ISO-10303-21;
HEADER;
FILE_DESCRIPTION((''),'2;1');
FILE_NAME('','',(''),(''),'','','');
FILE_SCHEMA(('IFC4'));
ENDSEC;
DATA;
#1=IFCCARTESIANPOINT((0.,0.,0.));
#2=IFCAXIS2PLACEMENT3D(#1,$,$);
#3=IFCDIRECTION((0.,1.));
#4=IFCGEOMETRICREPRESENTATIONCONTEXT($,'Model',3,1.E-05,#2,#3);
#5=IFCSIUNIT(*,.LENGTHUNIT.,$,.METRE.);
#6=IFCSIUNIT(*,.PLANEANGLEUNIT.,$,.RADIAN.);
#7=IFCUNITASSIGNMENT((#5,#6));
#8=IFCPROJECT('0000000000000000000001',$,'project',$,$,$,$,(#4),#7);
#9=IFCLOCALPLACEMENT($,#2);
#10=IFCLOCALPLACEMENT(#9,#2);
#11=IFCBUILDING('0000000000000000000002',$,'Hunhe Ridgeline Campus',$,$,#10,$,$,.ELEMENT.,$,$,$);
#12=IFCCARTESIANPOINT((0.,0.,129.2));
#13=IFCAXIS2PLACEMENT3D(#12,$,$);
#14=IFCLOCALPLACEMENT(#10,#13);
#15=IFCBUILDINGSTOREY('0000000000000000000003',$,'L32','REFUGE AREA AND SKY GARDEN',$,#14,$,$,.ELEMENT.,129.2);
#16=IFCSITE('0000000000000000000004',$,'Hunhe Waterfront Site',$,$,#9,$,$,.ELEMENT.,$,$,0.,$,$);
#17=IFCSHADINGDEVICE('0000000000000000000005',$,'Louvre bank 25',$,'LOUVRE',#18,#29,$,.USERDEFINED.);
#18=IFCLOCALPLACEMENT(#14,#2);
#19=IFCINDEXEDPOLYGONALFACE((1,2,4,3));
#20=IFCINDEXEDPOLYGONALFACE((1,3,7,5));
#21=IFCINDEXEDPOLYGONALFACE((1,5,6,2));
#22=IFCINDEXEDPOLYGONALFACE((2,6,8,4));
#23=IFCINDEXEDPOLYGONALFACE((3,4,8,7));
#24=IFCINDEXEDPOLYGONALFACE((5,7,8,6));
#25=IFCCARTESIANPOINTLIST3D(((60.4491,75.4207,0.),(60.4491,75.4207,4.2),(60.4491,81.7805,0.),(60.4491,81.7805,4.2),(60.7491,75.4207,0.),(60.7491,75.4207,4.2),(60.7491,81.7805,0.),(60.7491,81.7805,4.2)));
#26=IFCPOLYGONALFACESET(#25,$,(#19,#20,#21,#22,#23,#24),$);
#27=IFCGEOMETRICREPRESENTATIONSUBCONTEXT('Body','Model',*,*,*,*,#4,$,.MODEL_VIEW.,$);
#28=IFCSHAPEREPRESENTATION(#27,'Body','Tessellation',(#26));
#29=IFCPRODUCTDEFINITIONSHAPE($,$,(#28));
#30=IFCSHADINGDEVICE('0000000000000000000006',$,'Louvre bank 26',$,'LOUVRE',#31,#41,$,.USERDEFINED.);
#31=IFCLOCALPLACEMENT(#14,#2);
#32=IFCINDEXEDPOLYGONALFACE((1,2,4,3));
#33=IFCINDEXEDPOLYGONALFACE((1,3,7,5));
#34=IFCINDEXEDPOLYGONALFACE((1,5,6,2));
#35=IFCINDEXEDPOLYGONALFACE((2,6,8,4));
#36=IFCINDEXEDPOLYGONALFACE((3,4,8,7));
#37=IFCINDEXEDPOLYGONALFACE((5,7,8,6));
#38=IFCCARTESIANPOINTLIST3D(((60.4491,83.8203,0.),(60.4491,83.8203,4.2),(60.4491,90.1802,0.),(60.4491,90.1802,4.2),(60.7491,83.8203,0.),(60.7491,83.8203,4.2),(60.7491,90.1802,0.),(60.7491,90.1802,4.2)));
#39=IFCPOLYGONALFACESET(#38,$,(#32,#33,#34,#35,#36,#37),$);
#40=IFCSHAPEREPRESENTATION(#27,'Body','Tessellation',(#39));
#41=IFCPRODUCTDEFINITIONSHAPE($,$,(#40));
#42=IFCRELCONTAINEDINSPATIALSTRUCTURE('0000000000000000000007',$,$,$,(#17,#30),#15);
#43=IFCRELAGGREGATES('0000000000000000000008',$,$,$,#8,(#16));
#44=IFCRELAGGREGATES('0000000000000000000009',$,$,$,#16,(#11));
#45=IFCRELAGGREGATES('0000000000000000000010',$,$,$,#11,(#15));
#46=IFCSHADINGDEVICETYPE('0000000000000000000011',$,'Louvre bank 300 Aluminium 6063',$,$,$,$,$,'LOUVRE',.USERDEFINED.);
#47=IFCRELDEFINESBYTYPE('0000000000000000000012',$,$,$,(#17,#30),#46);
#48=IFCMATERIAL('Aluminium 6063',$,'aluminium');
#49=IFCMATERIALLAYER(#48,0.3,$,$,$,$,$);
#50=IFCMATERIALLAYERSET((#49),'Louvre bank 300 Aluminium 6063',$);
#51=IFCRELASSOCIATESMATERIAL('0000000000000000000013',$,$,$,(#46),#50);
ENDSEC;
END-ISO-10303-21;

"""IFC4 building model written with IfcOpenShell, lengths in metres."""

from ifc_helpers import new_model, si_unit, direction, frame, origin, origin_2d, place, context, subcontext, project, spatial, rectangle, extrude, material, layer, layer_set, type_object, element, save


model = new_model("IFC4")

# Units and contexts
model_context = context("Model", 3, precision=1e-05, world=origin(), true_north=direction((0.0, 1.0)))
body_context = subcontext(model_context, "Body", "Model", "MODEL_VIEW")
ifc_project = project(units=[si_unit("LENGTHUNIT", "METRE"), si_unit("PLANEANGLEUNIT", "RADIAN")], contexts=[model_context])

# Site, building, storey
site_placement = place(None, origin())
site = spatial("IfcSite", under=ifc_project, at=site_placement, Name="Hunhe Waterfront Site", CompositionType="ELEMENT", RefElevation=0.0)
building_placement = place(site_placement, origin())
building = spatial("IfcBuilding", under=site, at=building_placement, Name="Hunhe Ridgeline Campus", CompositionType="ELEMENT")
storey_placement = place(building_placement, frame((0.0, 0.0, 129.2)))
storey = spatial("IfcBuildingStorey", under=building, at=storey_placement, Name="L32", Description="REFUGE AREA AND SKY GARDEN", CompositionType="ELEMENT", Elevation=129.2)

# Shared definitions
ifc_material_1 = material(Name="Aluminium 6063", Category="aluminium")

# Shading devices
ifc_layer_1 = layer(ifc_material_1, 0.3)
ifc_layer_set_1 = layer_set([ifc_layer_1], Name="Louvre bank 300 Aluminium 6063")
shading_device_type = type_object("IfcShadingDeviceType", Name="Louvre bank 300 Aluminium 6063", ElementType="LOUVRE", PredefinedType="USERDEFINED", material=ifc_layer_set_1)
for number, where, z_axis, x_axis, name in (
    (1, (60.5991, 78.6006, 0.0), (0.0, 0.0, 1.0), (0.0, 1.0, 0.0), "Louvre bank 25"),
    (2, (60.5991, 87.0002, 0.0), (0.0, 0.0, 1.0), (0.0, 1.0, 0.0), "Louvre bank 26"),
):
    element("IfcShadingDevice", number, at=place(storey_placement, frame(where, z_axis=z_axis, x_axis=x_axis)), inside=storey, type_object=shading_device_type, Name=name, ObjectType="LOUVRE", PredefinedType="USERDEFINED", context=body_context, shape_type="SweptSolid", body=[
        extrude(rectangle(XDim=6.3599, YDim=0.3, at=origin_2d()), origin(), (0.0, 0.0, 1.0), 4.2),
    ])

save(model, "model.ifc")
